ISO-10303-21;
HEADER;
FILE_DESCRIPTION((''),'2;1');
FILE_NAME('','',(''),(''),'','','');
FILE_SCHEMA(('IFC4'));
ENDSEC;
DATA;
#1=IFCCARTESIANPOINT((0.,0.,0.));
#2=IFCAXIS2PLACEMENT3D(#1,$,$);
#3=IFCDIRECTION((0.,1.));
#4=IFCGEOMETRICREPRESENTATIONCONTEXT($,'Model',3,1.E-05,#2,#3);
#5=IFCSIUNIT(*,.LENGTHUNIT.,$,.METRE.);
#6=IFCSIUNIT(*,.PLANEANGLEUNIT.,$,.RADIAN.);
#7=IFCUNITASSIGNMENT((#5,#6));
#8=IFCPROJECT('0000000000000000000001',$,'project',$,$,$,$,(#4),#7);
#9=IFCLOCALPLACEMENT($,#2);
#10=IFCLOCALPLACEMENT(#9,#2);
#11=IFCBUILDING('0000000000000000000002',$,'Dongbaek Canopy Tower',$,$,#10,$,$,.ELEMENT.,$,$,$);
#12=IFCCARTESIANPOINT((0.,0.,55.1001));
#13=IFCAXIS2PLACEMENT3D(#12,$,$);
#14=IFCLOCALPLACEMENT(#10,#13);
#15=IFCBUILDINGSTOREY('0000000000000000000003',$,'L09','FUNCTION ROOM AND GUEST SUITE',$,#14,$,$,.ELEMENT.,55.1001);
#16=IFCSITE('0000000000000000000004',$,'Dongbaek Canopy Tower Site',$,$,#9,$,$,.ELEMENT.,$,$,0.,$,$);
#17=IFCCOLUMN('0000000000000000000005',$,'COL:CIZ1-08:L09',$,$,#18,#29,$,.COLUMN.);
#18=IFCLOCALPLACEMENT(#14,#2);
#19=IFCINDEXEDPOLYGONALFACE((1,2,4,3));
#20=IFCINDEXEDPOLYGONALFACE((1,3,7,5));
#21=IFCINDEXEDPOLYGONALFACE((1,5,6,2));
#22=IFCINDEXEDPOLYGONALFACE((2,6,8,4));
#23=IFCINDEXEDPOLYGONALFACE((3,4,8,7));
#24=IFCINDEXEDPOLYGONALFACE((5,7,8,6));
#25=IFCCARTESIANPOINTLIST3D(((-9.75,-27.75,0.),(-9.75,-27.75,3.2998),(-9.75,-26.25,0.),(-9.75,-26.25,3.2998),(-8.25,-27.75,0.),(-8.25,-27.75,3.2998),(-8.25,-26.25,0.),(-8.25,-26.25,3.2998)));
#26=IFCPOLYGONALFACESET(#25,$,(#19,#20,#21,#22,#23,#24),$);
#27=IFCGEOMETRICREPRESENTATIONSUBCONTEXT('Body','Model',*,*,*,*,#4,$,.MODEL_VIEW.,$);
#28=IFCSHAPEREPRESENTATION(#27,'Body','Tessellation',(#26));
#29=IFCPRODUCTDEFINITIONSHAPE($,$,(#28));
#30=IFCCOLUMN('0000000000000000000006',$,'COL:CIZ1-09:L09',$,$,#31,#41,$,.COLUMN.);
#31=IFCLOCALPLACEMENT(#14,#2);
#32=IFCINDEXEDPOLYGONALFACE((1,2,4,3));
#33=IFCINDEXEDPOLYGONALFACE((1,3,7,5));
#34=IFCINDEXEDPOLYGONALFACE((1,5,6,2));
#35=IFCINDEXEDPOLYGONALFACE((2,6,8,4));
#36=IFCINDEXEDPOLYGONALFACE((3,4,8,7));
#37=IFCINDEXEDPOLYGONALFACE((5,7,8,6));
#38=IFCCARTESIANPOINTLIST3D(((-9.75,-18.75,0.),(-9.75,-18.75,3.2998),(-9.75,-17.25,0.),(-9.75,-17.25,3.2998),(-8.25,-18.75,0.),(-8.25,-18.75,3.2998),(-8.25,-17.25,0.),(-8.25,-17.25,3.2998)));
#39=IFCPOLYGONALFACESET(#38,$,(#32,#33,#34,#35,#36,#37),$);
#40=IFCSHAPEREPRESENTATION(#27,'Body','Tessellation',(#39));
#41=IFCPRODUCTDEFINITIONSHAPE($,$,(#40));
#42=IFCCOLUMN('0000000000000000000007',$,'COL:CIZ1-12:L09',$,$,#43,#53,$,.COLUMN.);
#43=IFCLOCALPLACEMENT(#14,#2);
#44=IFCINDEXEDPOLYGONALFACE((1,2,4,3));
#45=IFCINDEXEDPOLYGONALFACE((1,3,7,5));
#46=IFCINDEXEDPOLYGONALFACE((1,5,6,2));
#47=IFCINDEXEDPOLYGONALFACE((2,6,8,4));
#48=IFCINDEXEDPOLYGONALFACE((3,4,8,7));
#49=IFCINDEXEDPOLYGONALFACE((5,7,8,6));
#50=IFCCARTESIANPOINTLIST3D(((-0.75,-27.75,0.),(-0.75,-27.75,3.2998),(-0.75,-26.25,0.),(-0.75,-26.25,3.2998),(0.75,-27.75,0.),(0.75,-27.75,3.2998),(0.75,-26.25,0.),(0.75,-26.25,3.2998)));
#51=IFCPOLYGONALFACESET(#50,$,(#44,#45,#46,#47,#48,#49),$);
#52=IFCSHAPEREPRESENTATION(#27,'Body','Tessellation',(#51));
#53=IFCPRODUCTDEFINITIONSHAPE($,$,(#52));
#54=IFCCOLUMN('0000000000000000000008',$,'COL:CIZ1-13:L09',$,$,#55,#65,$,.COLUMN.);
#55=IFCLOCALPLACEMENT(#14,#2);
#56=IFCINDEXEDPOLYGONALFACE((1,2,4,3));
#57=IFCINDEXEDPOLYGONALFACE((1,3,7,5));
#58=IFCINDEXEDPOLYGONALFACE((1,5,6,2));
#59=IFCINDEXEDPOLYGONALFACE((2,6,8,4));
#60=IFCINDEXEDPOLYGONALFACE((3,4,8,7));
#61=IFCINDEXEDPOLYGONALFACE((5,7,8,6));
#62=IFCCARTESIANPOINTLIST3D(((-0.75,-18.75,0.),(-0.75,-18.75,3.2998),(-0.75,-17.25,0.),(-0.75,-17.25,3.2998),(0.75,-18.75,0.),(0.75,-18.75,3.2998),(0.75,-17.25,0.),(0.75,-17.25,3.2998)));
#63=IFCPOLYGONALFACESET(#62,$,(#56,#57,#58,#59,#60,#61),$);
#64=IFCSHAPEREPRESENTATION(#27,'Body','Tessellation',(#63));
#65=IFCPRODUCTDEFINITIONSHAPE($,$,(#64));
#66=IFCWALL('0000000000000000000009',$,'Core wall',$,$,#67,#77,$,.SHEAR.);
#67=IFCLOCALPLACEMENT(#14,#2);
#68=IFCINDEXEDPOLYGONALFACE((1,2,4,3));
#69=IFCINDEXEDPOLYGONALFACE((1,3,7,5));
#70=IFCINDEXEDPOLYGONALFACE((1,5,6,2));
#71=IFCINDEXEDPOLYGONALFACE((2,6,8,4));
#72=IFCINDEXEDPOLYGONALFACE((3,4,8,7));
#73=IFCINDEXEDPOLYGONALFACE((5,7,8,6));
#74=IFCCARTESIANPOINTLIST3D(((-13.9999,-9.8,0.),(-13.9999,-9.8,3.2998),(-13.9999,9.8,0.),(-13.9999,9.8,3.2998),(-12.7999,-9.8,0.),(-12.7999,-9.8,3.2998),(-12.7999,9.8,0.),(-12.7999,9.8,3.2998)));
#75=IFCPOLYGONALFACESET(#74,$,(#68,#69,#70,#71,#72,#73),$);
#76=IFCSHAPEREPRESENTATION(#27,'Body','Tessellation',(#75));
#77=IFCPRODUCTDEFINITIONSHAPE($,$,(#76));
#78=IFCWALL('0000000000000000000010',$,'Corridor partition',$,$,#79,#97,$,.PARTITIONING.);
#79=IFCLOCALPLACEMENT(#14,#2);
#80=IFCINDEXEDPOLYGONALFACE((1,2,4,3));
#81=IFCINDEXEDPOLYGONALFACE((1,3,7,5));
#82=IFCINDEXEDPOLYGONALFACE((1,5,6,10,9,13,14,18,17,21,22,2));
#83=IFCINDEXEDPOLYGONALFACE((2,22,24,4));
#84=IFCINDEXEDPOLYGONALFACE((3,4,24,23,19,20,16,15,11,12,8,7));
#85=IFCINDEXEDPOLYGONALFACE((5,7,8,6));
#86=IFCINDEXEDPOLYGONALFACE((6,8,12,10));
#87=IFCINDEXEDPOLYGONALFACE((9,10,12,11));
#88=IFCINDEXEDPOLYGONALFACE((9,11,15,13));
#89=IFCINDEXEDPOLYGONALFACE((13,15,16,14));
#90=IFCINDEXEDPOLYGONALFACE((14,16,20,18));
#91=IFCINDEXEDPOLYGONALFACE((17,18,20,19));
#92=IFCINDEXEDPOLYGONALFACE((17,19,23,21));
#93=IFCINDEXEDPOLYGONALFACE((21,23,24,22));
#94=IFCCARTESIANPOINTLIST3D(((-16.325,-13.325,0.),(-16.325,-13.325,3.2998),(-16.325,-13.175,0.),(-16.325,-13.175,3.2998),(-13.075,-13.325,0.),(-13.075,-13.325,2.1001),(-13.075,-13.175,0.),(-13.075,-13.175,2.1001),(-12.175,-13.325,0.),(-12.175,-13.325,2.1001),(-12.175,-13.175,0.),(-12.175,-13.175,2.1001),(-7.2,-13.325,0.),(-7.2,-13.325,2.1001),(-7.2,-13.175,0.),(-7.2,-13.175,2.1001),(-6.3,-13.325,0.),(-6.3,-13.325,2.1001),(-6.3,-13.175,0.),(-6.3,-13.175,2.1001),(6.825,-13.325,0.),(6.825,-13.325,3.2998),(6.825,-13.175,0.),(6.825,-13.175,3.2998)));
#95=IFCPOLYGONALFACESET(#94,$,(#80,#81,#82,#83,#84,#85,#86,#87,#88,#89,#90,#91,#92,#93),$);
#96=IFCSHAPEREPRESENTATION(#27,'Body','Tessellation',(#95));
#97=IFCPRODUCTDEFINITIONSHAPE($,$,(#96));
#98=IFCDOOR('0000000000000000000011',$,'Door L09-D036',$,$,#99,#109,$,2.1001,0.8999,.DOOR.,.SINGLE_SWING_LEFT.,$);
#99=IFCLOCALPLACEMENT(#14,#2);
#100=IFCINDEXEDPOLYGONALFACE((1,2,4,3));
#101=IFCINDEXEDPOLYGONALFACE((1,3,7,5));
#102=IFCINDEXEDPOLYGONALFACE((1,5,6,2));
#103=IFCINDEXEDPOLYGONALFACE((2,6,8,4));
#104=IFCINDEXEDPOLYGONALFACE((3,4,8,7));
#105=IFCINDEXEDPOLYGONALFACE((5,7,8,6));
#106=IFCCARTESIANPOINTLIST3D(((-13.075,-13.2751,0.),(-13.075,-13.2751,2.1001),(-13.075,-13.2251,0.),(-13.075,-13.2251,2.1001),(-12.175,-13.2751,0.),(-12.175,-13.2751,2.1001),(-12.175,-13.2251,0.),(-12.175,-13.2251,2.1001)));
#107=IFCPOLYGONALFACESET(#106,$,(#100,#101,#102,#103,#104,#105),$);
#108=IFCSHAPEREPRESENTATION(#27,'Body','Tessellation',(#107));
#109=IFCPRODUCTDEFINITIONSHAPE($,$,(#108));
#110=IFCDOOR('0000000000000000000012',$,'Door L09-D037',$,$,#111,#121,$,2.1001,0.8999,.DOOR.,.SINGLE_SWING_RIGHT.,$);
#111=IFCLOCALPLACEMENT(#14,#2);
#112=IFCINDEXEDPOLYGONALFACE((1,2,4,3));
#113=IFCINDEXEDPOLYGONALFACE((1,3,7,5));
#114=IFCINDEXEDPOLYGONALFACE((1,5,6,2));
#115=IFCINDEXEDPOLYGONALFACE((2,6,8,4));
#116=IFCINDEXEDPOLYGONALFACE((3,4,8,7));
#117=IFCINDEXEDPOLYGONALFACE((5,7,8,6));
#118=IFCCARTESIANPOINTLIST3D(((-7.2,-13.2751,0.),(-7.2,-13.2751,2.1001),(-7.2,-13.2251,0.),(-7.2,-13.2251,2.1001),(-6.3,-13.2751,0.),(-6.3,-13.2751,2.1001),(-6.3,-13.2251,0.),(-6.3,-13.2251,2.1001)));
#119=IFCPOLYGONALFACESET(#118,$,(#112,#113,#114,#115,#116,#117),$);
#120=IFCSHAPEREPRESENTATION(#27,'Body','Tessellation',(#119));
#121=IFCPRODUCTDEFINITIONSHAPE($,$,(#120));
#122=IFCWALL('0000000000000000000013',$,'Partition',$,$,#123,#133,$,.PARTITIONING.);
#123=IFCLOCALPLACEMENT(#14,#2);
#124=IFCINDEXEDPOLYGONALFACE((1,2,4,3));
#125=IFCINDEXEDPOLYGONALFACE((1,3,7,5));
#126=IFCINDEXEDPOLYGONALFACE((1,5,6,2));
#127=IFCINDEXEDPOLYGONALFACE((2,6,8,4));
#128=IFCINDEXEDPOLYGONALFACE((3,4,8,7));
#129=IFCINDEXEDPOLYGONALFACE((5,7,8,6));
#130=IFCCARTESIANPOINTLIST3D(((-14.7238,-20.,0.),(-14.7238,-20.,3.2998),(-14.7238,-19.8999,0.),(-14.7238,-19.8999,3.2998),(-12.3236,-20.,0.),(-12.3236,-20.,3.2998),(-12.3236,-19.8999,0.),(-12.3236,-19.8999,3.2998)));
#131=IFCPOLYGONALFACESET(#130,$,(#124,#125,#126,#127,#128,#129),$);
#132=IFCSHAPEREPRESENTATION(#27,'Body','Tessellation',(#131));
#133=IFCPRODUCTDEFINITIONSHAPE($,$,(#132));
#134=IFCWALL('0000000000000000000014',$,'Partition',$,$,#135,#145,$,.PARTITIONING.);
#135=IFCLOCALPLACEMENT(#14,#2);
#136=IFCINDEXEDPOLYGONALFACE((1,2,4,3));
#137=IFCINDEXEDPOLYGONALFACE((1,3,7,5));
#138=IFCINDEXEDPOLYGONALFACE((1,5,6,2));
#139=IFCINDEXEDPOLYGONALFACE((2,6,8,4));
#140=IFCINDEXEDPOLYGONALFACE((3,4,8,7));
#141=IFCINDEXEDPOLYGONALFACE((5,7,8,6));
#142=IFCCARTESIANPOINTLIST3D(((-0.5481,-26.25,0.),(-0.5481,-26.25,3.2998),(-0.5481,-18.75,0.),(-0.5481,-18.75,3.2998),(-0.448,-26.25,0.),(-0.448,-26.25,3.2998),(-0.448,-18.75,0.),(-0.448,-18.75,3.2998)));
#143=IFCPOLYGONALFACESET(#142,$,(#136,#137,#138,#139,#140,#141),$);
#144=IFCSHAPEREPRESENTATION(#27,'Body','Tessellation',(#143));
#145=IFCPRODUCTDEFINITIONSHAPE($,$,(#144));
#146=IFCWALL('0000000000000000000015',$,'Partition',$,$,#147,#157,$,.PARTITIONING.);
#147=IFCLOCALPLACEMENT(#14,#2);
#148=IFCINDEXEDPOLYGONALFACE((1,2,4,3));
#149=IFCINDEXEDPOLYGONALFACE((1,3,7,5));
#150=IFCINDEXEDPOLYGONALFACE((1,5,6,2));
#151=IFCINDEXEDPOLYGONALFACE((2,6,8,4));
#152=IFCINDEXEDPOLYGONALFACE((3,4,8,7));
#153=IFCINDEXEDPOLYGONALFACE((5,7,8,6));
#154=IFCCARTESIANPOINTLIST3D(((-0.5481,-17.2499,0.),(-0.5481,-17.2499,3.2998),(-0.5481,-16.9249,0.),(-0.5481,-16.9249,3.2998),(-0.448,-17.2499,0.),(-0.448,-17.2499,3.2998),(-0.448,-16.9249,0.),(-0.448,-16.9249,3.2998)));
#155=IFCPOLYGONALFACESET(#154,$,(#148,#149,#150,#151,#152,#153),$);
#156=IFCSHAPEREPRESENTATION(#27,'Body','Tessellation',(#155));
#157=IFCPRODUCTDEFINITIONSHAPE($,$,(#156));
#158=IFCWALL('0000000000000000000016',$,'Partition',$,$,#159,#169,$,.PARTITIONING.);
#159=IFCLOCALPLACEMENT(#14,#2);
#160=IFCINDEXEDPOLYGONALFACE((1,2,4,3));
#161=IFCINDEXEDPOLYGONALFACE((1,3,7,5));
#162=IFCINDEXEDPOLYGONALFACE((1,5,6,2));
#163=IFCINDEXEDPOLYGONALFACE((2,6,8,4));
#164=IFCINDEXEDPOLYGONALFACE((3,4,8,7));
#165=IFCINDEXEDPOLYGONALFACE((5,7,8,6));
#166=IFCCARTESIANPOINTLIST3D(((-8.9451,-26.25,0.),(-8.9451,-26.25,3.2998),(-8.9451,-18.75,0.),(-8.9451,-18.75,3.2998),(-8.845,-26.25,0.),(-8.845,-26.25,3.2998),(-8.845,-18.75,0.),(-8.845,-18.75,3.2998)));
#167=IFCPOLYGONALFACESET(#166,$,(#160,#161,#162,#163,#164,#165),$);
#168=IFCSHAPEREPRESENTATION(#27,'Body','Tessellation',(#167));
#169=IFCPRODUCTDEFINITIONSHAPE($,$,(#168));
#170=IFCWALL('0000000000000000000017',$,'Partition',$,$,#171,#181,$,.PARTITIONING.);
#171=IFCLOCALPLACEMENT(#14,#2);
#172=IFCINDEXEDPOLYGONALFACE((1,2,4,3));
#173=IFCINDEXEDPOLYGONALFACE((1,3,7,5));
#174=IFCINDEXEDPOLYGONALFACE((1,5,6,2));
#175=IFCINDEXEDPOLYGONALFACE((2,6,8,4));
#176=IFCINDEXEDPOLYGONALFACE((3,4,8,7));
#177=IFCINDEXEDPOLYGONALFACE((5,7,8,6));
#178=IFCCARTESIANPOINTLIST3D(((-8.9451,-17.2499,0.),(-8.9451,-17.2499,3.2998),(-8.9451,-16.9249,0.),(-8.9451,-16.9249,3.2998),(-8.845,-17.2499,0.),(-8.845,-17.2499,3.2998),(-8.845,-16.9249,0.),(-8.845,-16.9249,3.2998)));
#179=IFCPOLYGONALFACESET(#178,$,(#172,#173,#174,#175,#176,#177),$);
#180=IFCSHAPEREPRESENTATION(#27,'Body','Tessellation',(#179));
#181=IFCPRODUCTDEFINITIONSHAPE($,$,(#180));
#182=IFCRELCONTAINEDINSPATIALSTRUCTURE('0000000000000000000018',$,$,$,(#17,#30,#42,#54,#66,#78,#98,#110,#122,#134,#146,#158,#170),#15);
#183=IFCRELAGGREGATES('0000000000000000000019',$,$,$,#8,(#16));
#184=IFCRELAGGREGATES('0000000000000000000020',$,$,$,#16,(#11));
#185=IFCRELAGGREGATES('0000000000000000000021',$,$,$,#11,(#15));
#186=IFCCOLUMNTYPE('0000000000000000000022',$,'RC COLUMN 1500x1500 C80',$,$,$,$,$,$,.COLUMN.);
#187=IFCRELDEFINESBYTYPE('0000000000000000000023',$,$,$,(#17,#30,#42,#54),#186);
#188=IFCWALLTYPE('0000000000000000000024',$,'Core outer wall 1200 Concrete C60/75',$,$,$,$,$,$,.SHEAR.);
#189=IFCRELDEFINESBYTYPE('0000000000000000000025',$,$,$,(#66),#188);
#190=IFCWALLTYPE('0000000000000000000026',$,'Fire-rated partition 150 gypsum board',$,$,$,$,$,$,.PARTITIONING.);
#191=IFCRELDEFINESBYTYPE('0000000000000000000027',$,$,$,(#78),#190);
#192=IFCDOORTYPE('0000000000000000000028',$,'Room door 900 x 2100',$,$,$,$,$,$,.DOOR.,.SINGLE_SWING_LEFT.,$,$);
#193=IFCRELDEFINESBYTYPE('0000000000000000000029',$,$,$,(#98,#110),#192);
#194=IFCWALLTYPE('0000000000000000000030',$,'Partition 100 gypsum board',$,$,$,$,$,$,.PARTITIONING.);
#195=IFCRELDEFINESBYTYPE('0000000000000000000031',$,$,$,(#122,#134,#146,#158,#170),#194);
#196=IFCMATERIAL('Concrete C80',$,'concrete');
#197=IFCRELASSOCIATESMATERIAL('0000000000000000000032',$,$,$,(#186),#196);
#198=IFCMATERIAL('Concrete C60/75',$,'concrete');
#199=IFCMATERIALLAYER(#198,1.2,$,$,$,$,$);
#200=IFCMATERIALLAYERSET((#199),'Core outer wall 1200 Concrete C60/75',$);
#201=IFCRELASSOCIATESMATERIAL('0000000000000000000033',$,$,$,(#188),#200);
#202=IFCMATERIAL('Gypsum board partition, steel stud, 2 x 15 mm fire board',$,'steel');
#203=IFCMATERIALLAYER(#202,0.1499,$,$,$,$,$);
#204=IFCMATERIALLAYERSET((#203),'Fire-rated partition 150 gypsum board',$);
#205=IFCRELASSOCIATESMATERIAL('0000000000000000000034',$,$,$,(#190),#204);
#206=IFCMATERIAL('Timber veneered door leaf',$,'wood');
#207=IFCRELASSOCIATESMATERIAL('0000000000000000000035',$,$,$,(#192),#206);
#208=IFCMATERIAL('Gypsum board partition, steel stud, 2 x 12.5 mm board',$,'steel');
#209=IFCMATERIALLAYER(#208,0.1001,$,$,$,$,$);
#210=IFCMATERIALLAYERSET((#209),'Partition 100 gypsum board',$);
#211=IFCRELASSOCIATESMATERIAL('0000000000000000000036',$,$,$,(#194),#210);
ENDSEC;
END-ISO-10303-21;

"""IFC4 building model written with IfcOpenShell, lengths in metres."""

from ifc_helpers import new_model, si_unit, direction, frame, frame_2d, origin, origin_2d, place, context, subcontext, project, spatial, rectangle, extrude, material, layer, layer_set, material_profile, profile_set, type_object, element, fill, save


model = new_model("IFC4")

# Units and contexts
model_context = context("Model", 3, precision=1e-05, world=origin(), true_north=direction((0.0, 1.0)))
body_context = subcontext(model_context, "Body", "Model", "MODEL_VIEW")
ifc_project = project(units=[si_unit("LENGTHUNIT", "METRE"), si_unit("PLANEANGLEUNIT", "RADIAN")], contexts=[model_context])

# Site, building, storey
site_placement = place(None, origin())
site = spatial("IfcSite", under=ifc_project, at=site_placement, Name="Dongbaek Canopy Tower Site", CompositionType="ELEMENT", RefElevation=0.0)
building_placement = place(site_placement, origin())
building = spatial("IfcBuilding", under=site, at=building_placement, Name="Dongbaek Canopy Tower", CompositionType="ELEMENT")
storey_placement = place(building_placement, frame((0.0, 0.0, 55.1001)))
storey = spatial("IfcBuildingStorey", under=building, at=storey_placement, Name="L09", Description="FUNCTION ROOM AND GUEST SUITE", CompositionType="ELEMENT", Elevation=55.1001)

# Columns
ifc_material_1 = material(Name="Concrete C80", Category="concrete")
ifc_material_profile = material_profile(ifc_material_1, rectangle(XDim=1.5, YDim=1.5, at=origin_2d()), Name="RC COLUMN 1500x1500 C80")
ifc_profile_set = profile_set([ifc_material_profile], Name="Concrete C80")
column_type = type_object("IfcColumnType", Name="RC COLUMN 1500x1500 C80", PredefinedType="COLUMN", material=ifc_profile_set)
for number, where, z_axis, x_axis, name in (
    (1, (-9.0, -27.0, 0.0), (0.0, 0.0, 1.0), (1.0, 0.0, 0.0), "COL:CIZ1-08:L09"),
    (2, (-9.0, -18.0, 0.0), (0.0, 0.0, 1.0), (1.0, 0.0, 0.0), "COL:CIZ1-09:L09"),
    (3, (0.0, -27.0, 0.0), (0.0, 0.0, 1.0), (1.0, 0.0, 0.0), "COL:CIZ1-12:L09"),
    (4, (0.0, -18.0, 0.0), (0.0, 0.0, 1.0), (1.0, 0.0, 0.0), "COL:CIZ1-13:L09"),
):
    element("IfcColumn", number, at=place(storey_placement, frame(where, z_axis=z_axis, x_axis=x_axis)), inside=storey, type_object=column_type, Name=name, PredefinedType="COLUMN", context=body_context, shape_type="SweptSolid", body=[
        extrude(rectangle(XDim=1.5, YDim=1.5, at=origin_2d()), origin(), (0.0, 0.0, 1.0), 3.2998),
    ])

# Wall
ifc_material_2 = material(Name="Concrete C60/75", Category="concrete")
ifc_layer_1 = layer(ifc_material_2, 1.2)
ifc_layer_set_1 = layer_set([ifc_layer_1], Name="Core outer wall 1200 Concrete C60/75")
wall_type_1 = type_object("IfcWallType", Name="Core outer wall 1200 Concrete C60/75", PredefinedType="SHEAR", material=ifc_layer_set_1)
wall_1_placement = place(storey_placement, frame((-13.3999, -9.8, 0.0), z_axis=(0.0, 0.0, 1.0), x_axis=(0.0, 1.0, 0.0)))
element("IfcWall", 5, at=wall_1_placement, inside=storey, type_object=wall_type_1, Name="Core wall", PredefinedType="SHEAR", context=body_context, shape_type="SweptSolid", body=[
    extrude(rectangle(XDim=19.6001, YDim=1.2, at=frame_2d((9.8, 0.0))), origin(), (0.0, 0.0, 1.0), 3.2998),
])

# Wall, openings, doors
ifc_material_3 = material(Name="Gypsum board partition, steel stud, 2 x 15 mm fire board", Category="steel")
ifc_layer_2 = layer(ifc_material_3, 0.1499)
ifc_layer_set_2 = layer_set([ifc_layer_2], Name="Fire-rated partition 150 gypsum board")
wall_type_2 = type_object("IfcWallType", Name="Fire-rated partition 150 gypsum board", PredefinedType="PARTITIONING", material=ifc_layer_set_2)
wall_2_placement = place(storey_placement, frame((-16.325, -13.25, 0.0), z_axis=(0.0, 0.0, 1.0), x_axis=(1.0, 0.0, 0.0)))
wall_2 = element("IfcWall", 6, at=wall_2_placement, inside=storey, type_object=wall_type_2, Name="Corridor partition", PredefinedType="PARTITIONING", context=body_context, shape_type="SweptSolid", body=[
    extrude(rectangle(XDim=23.1499, YDim=0.1499, at=frame_2d((11.575, 0.0))), origin(), (0.0, 0.0, 1.0), 3.2998),
])
opening_1_placement = place(wall_2_placement, frame((3.25, 0.0, 0.0)))
opening_1 = element("IfcOpeningElement", 7, at=opening_1_placement, cuts=wall_2, PredefinedType="OPENING", context=body_context, shape_type="SweptSolid", body=[
    extrude(rectangle(XDim=0.8999, YDim=2.1001, at=frame_2d((0.45, 1.05))), frame((0.0, 0.085, 0.0), z_axis=(0.0, -1.0, 0.0), x_axis=(1.0, 0.0, 0.0)), (0.0, 0.0, 1.0), 0.1699),
])
opening_2_placement = place(wall_2_placement, frame((9.125, 0.0, 0.0)))
opening_2 = element("IfcOpeningElement", 8, at=opening_2_placement, cuts=wall_2, PredefinedType="OPENING", context=body_context, shape_type="SweptSolid", body=[
    extrude(rectangle(XDim=0.8999, YDim=2.1001, at=frame_2d((0.45, 1.05))), frame((0.0, 0.085, 0.0), z_axis=(0.0, -1.0, 0.0), x_axis=(1.0, 0.0, 0.0)), (0.0, 0.0, 1.0), 0.1699),
])
ifc_material_4 = material(Name="Timber veneered door leaf", Category="wood")
door_type_1 = type_object("IfcDoorType", Name="Room door 900 x 2100", OperationType="SINGLE_SWING_LEFT", PredefinedType="DOOR", material=ifc_material_4)
door_1_placement = place(opening_1_placement, origin())
door_1 = element("IfcDoor", 9, at=door_1_placement, inside=storey, type_object=door_type_1, Name="Door L09-D036", OperationType="SINGLE_SWING_LEFT", OverallHeight=2.1001, OverallWidth=0.8999, PredefinedType="DOOR", context=body_context, shape_type="SweptSolid", body=[
    extrude(rectangle(XDim=0.8999, YDim=2.1001, at=frame_2d((0.45, 1.05))), frame((0.0, 0.0249, 0.0), z_axis=(0.0, -1.0, 0.0), x_axis=(1.0, 0.0, 0.0)), (0.0, 0.0, 1.0), 0.05),
])
fill(opening_1, door_1)
door_2_placement = place(opening_2_placement, origin())
door_2 = element("IfcDoor", 10, at=door_2_placement, inside=storey, type_object=door_type_1, Name="Door L09-D037", OperationType="SINGLE_SWING_RIGHT", OverallHeight=2.1001, OverallWidth=0.8999, PredefinedType="DOOR", context=body_context, shape_type="SweptSolid", body=[
    extrude(rectangle(XDim=0.8999, YDim=2.1001, at=frame_2d((0.45, 1.05))), frame((0.0, 0.0249, 0.0), z_axis=(0.0, -1.0, 0.0), x_axis=(1.0, 0.0, 0.0)), (0.0, 0.0, 1.0), 0.05),
])
fill(opening_2, door_2)

# Walls
ifc_material_5 = material(Name="Gypsum board partition, steel stud, 2 x 12.5 mm board", Category="steel")
ifc_layer_3 = layer(ifc_material_5, 0.1001)
ifc_layer_set_3 = layer_set([ifc_layer_3], Name="Partition 100 gypsum board")
wall_type_3 = type_object("IfcWallType", Name="Partition 100 gypsum board", PredefinedType="PARTITIONING", material=ifc_layer_set_3)
wall_3_placement = place(storey_placement, frame((-14.7239, -19.95, 0.0), z_axis=(0.0, 0.0, 1.0), x_axis=(1.0, 0.0, 0.0)))
element("IfcWall", 11, at=wall_3_placement, inside=storey, type_object=wall_type_3, Name="Partition", PredefinedType="PARTITIONING", context=body_context, shape_type="SweptSolid", body=[
    extrude(rectangle(XDim=2.4001, YDim=0.1001, at=frame_2d((1.2002, 0.0))), origin(), (0.0, 0.0, 1.0), 3.2998),
])
wall_4_placement = place(storey_placement, frame((-0.498, -26.25, 0.0), z_axis=(0.0, 0.0, 1.0), x_axis=(0.0, 1.0, 0.0)))
element("IfcWall", 12, at=wall_4_placement, inside=storey, type_object=wall_type_3, Name="Partition", PredefinedType="PARTITIONING", context=body_context, shape_type="SweptSolid", body=[
    extrude(rectangle(XDim=7.5, YDim=0.1001, at=frame_2d((3.75, 0.0))), origin(), (0.0, 0.0, 1.0), 3.2998),
])
wall_5_placement = place(storey_placement, frame((-0.498, -17.25, 0.0), z_axis=(0.0, 0.0, 1.0), x_axis=(0.0, 1.0, 0.0)))
element("IfcWall", 13, at=wall_5_placement, inside=storey, type_object=wall_type_3, Name="Partition", PredefinedType="PARTITIONING", context=body_context, shape_type="SweptSolid", body=[
    extrude(rectangle(XDim=0.325, YDim=0.1001, at=frame_2d((0.1626, 0.0))), origin(), (0.0, 0.0, 1.0), 3.2998),
])
wall_6_placement = place(storey_placement, frame((-8.895, -26.25, 0.0), z_axis=(0.0, 0.0, 1.0), x_axis=(0.0, 1.0, 0.0)))
element("IfcWall", 14, at=wall_6_placement, inside=storey, type_object=wall_type_3, Name="Partition", PredefinedType="PARTITIONING", context=body_context, shape_type="SweptSolid", body=[
    extrude(rectangle(XDim=7.5, YDim=0.1001, at=frame_2d((3.75, 0.0))), origin(), (0.0, 0.0, 1.0), 3.2998),
])
wall_7_placement = place(storey_placement, frame((-8.895, -17.25, 0.0), z_axis=(0.0, 0.0, 1.0), x_axis=(0.0, 1.0, 0.0)))
element("IfcWall", 15, at=wall_7_placement, inside=storey, type_object=wall_type_3, Name="Partition", PredefinedType="PARTITIONING", context=body_context, shape_type="SweptSolid", body=[
    extrude(rectangle(XDim=0.325, YDim=0.1001, at=frame_2d((0.1626, 0.0))), origin(), (0.0, 0.0, 1.0), 3.2998),
])

save(model, "model.ifc")
